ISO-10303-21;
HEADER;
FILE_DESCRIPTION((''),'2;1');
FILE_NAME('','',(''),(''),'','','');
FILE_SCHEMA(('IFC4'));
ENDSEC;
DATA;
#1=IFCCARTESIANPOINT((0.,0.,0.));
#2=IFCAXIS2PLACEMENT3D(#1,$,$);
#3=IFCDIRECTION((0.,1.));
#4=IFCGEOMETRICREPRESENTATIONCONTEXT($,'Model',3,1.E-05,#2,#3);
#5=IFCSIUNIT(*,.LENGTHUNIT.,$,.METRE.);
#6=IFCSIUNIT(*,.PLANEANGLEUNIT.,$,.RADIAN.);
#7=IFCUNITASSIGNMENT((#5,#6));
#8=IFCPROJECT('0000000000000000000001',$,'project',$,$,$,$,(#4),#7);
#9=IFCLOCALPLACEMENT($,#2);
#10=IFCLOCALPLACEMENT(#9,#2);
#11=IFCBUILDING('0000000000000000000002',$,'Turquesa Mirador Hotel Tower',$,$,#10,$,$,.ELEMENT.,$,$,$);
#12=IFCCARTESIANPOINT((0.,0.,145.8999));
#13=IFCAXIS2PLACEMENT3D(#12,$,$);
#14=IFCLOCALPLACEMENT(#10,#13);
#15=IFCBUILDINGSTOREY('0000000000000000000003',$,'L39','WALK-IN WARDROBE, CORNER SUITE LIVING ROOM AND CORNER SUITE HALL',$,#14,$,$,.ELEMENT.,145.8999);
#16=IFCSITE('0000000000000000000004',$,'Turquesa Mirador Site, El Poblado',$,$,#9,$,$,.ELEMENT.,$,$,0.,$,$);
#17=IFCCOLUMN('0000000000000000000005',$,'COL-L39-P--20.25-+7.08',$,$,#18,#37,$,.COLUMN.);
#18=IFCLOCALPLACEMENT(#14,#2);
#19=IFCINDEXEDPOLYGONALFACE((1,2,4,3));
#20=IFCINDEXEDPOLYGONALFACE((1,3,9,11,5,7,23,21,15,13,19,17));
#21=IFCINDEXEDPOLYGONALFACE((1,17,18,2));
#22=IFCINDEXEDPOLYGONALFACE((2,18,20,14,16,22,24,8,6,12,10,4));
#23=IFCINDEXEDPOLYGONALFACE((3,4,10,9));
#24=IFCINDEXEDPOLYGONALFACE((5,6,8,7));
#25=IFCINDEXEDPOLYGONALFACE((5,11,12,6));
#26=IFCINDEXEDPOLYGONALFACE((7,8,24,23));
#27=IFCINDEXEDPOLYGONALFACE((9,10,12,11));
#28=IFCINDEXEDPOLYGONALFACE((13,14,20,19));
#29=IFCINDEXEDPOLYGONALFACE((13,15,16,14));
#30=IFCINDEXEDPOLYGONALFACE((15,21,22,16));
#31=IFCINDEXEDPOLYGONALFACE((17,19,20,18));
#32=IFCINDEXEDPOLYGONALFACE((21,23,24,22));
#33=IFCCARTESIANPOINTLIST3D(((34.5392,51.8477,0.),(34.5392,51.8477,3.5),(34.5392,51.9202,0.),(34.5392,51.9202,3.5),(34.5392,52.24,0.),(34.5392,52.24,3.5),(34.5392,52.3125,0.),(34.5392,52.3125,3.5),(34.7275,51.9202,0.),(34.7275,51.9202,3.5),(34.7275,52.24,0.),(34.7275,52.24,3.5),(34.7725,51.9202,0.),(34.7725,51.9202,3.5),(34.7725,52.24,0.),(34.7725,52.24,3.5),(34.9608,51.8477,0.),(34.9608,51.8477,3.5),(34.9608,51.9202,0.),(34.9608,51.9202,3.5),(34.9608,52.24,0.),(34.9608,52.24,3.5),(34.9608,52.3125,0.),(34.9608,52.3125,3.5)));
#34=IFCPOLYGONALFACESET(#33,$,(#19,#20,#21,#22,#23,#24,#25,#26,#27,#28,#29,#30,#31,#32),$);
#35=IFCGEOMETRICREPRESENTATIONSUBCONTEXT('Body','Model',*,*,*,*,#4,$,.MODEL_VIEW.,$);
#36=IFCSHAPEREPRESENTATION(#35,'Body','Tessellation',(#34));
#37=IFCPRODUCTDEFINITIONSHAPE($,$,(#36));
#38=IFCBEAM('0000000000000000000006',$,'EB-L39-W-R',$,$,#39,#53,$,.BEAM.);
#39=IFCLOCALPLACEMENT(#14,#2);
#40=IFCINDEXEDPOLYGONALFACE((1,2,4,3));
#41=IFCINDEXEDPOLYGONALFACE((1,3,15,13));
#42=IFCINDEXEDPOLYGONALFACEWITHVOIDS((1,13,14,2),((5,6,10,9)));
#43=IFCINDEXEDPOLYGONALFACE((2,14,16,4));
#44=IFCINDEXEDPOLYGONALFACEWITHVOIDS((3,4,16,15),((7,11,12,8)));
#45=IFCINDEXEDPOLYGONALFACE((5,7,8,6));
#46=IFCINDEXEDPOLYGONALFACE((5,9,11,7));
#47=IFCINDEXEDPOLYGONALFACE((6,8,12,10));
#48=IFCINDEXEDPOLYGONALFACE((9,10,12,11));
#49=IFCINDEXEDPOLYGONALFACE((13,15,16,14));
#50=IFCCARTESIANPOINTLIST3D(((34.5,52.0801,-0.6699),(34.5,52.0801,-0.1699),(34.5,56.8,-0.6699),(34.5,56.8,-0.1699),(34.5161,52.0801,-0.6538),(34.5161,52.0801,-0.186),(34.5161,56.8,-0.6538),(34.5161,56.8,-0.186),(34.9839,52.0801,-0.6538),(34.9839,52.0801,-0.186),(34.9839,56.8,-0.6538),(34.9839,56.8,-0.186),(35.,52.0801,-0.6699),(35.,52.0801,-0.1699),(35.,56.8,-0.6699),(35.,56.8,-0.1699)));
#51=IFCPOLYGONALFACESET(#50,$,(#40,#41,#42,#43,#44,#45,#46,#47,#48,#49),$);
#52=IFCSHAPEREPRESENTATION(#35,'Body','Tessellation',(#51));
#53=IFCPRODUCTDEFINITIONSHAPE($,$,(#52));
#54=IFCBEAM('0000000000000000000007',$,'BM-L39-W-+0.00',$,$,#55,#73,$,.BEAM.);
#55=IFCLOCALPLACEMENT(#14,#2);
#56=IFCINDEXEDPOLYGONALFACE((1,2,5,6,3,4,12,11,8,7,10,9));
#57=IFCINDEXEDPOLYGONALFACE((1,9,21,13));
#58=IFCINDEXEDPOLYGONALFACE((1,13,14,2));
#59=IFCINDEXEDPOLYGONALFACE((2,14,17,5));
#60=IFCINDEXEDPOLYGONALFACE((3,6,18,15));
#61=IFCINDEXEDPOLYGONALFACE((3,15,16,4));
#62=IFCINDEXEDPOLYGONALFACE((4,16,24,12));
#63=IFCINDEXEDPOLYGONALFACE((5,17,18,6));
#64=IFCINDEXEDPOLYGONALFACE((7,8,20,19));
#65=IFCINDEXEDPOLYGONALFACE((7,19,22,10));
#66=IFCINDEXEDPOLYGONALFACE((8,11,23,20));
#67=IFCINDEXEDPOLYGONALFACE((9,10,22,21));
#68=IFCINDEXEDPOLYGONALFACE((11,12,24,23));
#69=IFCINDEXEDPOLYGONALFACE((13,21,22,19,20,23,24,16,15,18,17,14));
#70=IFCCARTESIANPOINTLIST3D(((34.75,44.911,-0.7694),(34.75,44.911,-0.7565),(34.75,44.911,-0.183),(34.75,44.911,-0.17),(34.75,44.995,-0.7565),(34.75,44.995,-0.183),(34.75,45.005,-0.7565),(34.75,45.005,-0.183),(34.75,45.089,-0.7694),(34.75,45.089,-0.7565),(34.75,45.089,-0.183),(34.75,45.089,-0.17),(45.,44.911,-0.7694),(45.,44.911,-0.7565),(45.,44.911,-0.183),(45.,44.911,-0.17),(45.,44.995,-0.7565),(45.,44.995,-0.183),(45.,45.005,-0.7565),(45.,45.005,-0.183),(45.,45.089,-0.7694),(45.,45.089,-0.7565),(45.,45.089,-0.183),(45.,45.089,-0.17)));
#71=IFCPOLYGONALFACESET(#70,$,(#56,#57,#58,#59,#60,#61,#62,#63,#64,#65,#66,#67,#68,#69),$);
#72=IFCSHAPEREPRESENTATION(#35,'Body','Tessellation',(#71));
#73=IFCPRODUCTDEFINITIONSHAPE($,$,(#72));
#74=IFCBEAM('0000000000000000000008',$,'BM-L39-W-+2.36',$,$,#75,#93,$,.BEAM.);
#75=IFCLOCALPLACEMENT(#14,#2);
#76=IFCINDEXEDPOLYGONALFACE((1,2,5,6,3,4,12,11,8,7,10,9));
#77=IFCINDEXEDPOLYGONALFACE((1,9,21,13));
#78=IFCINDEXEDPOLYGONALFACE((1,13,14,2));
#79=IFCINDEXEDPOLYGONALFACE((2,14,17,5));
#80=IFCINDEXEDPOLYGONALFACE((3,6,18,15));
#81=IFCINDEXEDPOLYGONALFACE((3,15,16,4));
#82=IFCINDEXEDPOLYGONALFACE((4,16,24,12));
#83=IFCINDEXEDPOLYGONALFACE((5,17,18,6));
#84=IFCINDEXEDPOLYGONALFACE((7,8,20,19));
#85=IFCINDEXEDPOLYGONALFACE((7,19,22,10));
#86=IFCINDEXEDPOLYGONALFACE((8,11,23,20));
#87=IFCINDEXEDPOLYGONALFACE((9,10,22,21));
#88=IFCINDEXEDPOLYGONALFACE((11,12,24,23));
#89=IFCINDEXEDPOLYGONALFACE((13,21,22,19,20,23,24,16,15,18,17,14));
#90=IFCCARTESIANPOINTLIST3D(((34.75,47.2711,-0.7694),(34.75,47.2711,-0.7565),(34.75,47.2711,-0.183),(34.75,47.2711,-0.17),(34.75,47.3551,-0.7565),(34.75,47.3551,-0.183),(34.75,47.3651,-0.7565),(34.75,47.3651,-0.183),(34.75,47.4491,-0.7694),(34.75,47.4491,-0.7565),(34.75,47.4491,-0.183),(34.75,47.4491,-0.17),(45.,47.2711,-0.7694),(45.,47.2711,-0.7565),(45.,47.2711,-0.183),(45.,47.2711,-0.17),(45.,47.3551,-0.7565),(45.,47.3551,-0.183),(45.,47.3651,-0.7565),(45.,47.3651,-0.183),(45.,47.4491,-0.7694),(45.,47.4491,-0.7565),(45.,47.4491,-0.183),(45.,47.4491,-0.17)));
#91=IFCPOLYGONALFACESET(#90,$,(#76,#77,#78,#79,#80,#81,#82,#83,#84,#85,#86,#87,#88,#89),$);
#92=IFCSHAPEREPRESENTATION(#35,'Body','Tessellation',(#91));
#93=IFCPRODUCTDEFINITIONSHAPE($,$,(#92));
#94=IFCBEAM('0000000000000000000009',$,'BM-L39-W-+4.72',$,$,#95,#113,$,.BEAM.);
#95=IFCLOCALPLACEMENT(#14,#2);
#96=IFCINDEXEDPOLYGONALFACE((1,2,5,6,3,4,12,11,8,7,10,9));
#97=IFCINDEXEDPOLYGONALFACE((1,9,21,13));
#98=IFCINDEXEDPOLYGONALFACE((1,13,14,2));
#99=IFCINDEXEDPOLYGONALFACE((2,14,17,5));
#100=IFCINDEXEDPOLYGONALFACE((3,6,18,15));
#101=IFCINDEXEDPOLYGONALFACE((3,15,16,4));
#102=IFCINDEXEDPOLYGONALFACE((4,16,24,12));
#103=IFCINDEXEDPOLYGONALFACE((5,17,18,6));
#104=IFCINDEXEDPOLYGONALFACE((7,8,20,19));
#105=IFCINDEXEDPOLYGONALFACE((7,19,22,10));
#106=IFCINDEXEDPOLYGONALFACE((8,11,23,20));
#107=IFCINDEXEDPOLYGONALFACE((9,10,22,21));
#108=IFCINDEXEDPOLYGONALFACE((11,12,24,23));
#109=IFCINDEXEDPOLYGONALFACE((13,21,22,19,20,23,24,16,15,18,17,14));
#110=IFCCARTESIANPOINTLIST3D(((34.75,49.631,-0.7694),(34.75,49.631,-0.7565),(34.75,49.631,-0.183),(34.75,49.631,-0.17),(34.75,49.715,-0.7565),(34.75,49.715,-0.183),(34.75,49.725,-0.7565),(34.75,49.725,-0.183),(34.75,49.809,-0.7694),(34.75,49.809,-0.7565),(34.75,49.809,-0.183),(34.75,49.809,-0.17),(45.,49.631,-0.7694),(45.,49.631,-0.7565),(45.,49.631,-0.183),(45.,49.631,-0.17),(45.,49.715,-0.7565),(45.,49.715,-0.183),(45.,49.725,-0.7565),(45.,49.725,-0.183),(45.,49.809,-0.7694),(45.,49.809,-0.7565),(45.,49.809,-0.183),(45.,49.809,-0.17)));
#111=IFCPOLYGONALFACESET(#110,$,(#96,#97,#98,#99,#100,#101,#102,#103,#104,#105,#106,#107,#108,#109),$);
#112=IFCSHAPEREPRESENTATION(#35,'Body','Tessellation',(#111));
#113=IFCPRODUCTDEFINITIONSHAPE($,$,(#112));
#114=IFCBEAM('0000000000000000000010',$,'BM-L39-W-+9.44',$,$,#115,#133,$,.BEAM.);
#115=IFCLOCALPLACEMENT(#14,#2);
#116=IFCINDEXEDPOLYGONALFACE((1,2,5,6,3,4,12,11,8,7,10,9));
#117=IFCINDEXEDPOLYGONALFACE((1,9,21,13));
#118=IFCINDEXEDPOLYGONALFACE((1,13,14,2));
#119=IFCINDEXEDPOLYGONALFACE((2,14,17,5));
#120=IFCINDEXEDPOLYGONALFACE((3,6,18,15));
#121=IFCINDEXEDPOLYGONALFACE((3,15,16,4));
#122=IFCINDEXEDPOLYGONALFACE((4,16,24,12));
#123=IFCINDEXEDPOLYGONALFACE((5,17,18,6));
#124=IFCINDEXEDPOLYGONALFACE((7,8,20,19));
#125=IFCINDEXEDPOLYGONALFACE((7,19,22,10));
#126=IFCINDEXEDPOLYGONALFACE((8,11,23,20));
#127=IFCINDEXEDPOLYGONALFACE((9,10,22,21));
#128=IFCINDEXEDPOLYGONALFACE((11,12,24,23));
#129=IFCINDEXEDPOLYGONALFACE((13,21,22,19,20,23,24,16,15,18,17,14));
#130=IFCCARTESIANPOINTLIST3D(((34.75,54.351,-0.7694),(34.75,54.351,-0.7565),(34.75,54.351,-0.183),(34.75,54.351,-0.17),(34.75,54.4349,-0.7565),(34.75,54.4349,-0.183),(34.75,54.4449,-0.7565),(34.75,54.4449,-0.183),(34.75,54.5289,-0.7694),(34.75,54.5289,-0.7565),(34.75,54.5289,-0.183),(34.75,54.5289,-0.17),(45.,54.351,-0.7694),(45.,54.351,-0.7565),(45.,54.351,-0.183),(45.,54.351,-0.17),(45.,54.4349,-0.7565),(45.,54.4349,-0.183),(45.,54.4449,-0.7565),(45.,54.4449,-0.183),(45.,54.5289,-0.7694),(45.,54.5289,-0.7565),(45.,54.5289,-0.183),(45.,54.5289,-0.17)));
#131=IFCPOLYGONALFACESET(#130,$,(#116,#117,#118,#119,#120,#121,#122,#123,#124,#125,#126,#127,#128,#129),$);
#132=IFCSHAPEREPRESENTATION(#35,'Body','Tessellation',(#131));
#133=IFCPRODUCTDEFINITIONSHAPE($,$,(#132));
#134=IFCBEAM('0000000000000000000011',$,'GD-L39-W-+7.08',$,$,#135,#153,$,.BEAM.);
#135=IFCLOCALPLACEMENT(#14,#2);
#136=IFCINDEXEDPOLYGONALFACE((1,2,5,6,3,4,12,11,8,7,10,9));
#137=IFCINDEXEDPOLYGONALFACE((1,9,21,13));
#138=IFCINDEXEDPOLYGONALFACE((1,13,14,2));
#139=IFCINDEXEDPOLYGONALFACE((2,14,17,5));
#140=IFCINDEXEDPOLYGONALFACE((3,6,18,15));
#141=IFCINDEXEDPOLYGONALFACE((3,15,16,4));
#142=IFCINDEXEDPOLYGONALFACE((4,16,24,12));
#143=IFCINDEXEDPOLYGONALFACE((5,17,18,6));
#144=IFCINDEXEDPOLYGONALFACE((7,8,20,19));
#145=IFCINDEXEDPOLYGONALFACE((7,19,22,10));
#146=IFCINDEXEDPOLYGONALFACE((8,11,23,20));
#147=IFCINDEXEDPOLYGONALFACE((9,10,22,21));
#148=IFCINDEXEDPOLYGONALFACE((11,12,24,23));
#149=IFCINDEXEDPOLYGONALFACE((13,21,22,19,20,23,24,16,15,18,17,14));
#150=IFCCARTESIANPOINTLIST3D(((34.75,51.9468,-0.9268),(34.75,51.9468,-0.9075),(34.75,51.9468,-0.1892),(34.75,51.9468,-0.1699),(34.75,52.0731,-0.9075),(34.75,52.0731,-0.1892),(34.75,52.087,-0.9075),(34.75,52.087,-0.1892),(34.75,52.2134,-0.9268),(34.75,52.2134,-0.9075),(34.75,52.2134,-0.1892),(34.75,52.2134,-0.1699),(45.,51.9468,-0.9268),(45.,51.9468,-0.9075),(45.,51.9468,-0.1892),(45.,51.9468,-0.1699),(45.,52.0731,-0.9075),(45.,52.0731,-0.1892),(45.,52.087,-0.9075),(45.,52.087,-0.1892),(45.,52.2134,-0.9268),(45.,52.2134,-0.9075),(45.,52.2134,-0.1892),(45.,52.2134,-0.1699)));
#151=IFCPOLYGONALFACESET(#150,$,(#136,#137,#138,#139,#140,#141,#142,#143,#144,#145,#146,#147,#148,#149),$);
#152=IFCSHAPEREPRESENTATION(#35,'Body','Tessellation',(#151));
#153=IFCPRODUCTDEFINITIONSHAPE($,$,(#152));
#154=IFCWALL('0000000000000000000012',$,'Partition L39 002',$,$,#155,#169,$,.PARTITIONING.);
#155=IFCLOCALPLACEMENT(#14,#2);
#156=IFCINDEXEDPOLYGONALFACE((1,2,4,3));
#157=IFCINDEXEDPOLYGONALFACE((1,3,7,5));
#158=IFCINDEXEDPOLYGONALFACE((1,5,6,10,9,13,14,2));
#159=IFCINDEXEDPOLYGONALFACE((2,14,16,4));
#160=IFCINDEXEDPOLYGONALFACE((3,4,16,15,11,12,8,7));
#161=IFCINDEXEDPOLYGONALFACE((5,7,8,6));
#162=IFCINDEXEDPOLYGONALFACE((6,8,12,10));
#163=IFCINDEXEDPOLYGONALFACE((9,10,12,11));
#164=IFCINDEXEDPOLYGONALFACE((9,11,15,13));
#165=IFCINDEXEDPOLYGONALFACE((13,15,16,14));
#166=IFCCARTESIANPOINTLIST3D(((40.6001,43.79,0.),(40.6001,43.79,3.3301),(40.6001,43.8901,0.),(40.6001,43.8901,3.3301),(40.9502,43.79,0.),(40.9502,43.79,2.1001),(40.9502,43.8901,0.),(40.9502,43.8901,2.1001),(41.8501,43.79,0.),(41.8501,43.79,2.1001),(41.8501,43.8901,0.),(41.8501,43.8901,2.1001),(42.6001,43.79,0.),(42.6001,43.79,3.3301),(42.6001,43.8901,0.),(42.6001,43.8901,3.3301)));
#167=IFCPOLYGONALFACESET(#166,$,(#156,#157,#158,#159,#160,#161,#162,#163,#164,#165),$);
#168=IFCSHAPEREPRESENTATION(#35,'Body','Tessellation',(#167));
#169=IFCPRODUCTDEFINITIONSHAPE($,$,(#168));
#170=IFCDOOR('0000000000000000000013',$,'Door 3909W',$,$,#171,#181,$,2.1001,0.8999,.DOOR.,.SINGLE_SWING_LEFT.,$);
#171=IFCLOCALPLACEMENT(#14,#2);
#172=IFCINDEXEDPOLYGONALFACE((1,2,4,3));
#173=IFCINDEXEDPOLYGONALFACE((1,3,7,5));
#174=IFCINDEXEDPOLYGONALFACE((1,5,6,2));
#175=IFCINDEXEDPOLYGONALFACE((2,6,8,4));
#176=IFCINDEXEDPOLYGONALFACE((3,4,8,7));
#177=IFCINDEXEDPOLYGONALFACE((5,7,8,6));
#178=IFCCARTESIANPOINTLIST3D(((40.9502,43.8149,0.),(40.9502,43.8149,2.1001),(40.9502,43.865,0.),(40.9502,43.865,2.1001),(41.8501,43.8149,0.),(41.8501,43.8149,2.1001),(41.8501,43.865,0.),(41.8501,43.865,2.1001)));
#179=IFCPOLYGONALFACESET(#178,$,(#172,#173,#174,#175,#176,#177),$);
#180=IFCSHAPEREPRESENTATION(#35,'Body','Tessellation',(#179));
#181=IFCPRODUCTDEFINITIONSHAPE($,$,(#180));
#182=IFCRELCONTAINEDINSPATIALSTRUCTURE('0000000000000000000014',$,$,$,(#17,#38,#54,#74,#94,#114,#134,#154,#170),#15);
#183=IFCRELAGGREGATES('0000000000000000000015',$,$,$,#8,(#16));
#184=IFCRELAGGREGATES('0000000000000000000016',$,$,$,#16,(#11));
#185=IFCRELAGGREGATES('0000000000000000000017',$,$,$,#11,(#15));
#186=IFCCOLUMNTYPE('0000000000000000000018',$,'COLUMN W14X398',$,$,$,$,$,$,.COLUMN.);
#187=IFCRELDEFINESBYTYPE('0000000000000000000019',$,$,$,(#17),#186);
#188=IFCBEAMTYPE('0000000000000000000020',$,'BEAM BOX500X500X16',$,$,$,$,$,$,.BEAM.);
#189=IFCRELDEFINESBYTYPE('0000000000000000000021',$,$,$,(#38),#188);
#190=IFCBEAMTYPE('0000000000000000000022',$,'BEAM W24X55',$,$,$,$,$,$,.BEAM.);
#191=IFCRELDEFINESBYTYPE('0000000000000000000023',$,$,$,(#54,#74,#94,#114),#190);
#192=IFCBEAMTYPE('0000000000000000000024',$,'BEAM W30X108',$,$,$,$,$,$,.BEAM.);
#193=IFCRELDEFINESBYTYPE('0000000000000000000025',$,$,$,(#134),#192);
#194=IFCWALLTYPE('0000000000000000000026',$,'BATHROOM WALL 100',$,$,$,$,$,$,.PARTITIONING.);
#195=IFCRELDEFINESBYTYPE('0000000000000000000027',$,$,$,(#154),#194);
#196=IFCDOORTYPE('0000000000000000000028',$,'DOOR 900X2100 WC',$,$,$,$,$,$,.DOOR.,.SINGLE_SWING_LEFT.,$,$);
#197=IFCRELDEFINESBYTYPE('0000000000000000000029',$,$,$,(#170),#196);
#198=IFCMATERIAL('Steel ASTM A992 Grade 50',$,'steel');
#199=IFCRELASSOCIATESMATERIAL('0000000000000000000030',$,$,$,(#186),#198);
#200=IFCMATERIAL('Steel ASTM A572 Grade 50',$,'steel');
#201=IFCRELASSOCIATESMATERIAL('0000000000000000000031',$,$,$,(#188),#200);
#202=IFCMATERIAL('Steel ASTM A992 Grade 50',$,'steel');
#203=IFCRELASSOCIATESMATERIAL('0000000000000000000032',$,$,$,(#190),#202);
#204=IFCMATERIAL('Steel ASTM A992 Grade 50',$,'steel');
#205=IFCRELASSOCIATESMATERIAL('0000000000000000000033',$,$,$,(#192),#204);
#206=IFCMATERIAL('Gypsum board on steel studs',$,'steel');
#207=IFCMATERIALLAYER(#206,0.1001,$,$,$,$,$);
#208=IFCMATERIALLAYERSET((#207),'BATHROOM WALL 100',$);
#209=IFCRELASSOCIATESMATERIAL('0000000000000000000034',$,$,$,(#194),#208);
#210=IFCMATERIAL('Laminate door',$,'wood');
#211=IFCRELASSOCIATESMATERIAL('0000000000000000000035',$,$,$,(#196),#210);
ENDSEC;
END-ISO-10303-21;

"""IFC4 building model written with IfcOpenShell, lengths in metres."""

from ifc_helpers import new_model, si_unit, direction, frame, frame_2d, origin, origin_2d, place, context, subcontext, project, spatial, rectangle, hollow_rectangle, i_section, extrude, material, layer, layer_set, material_profile, profile_set, type_object, element, fill, save


model = new_model("IFC4")

# Units and contexts
model_context = context("Model", 3, precision=1e-05, world=origin(), true_north=direction((0.0, 1.0)))
body_context = subcontext(model_context, "Body", "Model", "MODEL_VIEW")
ifc_project = project(units=[si_unit("LENGTHUNIT", "METRE"), si_unit("PLANEANGLEUNIT", "RADIAN")], contexts=[model_context])

# Site, building, storey
site_placement = place(None, origin())
site = spatial("IfcSite", under=ifc_project, at=site_placement, Name="Turquesa Mirador Site, El Poblado", CompositionType="ELEMENT", RefElevation=0.0)
building_placement = place(site_placement, origin())
building = spatial("IfcBuilding", under=site, at=building_placement, Name="Turquesa Mirador Hotel Tower", CompositionType="ELEMENT")
storey_placement = place(building_placement, frame((0.0, 0.0, 145.8999)))
storey = spatial("IfcBuildingStorey", under=building, at=storey_placement, Name="L39", Description="WALK-IN WARDROBE, CORNER SUITE LIVING ROOM AND CORNER SUITE HALL", CompositionType="ELEMENT", Elevation=145.8999)

# Column
ifc_material_1 = material(Name="Steel ASTM A992 Grade 50", Category="steel")
ifc_material_profile_1 = material_profile(ifc_material_1, i_section(OverallWidth=0.4216, OverallDepth=0.4648, WebThickness=0.0449, FlangeThickness=0.0725, at=origin_2d()), Name="W14X398")
ifc_profile_set_1 = profile_set([ifc_material_profile_1], Name="Steel ASTM A992 Grade 50")
column_type = type_object("IfcColumnType", Name="COLUMN W14X398", PredefinedType="COLUMN", material=ifc_profile_set_1)
column_placement = place(storey_placement, frame((34.75, 52.0801, 0.0), z_axis=(0.0, 0.0, 1.0), x_axis=(1.0, 0.0, 0.0)))
element("IfcColumn", 1, at=column_placement, inside=storey, type_object=column_type, Name="COL-L39-P--20.25-+7.08", PredefinedType="COLUMN", context=body_context, shape_type="SweptSolid", body=[
    extrude(i_section(OverallWidth=0.4216, OverallDepth=0.4648, WebThickness=0.0449, FlangeThickness=0.0725, at=origin_2d()), origin(), (0.0, 0.0, 1.0), 3.5),
])

# Beams
ifc_material_2 = material(Name="Steel ASTM A572 Grade 50", Category="steel")
ifc_material_profile_2 = material_profile(ifc_material_2, hollow_rectangle(XDim=0.5, YDim=0.5, WallThickness=0.0161, at=origin_2d()), Name="BOX500X500X16")
ifc_profile_set_2 = profile_set([ifc_material_profile_2], Name="Steel ASTM A572 Grade 50")
beam_type_1 = type_object("IfcBeamType", Name="BEAM BOX500X500X16", PredefinedType="BEAM", material=ifc_profile_set_2)
beam_1_placement = place(storey_placement, frame((34.75, 52.0801, -0.4199), z_axis=(0.0, 1.0, 0.0), x_axis=(-1.0, 0.0, 0.0)))
element("IfcBeam", 2, at=beam_1_placement, inside=storey, type_object=beam_type_1, Name="EB-L39-W-R", PredefinedType="BEAM", context=body_context, shape_type="SweptSolid", body=[
    extrude(hollow_rectangle(XDim=0.5, YDim=0.5, WallThickness=0.0161, at=origin_2d()), origin(), (0.0, 0.0, 1.0), 4.72),
])
ifc_material_3 = material(Name="Steel ASTM A992 Grade 50", Category="steel")
ifc_material_profile_3 = material_profile(ifc_material_3, i_section(OverallWidth=0.178, OverallDepth=0.5994, WebThickness=0.01, FlangeThickness=0.0129, at=origin_2d()), Name="W24X55")
ifc_profile_set_3 = profile_set([ifc_material_profile_3], Name="Steel ASTM A992 Grade 50")
beam_type_2 = type_object("IfcBeamType", Name="BEAM W24X55", PredefinedType="BEAM", material=ifc_profile_set_3)
for number, where, z_axis, x_axis, name in (
    (3, (34.75, 45.0, -0.4697), (1.0, 0.0, 0.0), (0.0, 1.0, 0.0), "BM-L39-W-+0.00"),
    (4, (34.75, 47.3601, -0.4697), (1.0, 0.0, 0.0), (0.0, 1.0, 0.0), "BM-L39-W-+2.36"),
    (5, (34.75, 49.72, -0.4697), (1.0, 0.0, 0.0), (0.0, 1.0, 0.0), "BM-L39-W-+4.72"),
    (6, (34.75, 54.4399, -0.4697), (1.0, 0.0, 0.0), (0.0, 1.0, 0.0), "BM-L39-W-+9.44"),
):
    element("IfcBeam", number, at=place(storey_placement, frame(where, z_axis=z_axis, x_axis=x_axis)), inside=storey, type_object=beam_type_2, Name=name, PredefinedType="BEAM", context=body_context, shape_type="SweptSolid", body=[
        extrude(i_section(OverallWidth=0.178, OverallDepth=0.5994, WebThickness=0.01, FlangeThickness=0.0129, at=origin_2d()), origin(), (0.0, 0.0, 1.0), 10.25),
    ])
ifc_material_4 = material(Name="Steel ASTM A992 Grade 50", Category="steel")
ifc_material_profile_4 = material_profile(ifc_material_4, i_section(OverallWidth=0.2666, OverallDepth=0.7568, WebThickness=0.0139, FlangeThickness=0.0193, at=origin_2d()), Name="W30X108")
ifc_profile_set_4 = profile_set([ifc_material_profile_4], Name="Steel ASTM A992 Grade 50")
beam_type_3 = type_object("IfcBeamType", Name="BEAM W30X108", PredefinedType="BEAM", material=ifc_profile_set_4)
beam_2_placement = place(storey_placement, frame((34.75, 52.0801, -0.5483), z_axis=(1.0, 0.0, 0.0), x_axis=(0.0, 1.0, 0.0)))
element("IfcBeam", 7, at=beam_2_placement, inside=storey, type_object=beam_type_3, Name="GD-L39-W-+7.08", PredefinedType="BEAM", context=body_context, shape_type="SweptSolid", body=[
    extrude(i_section(OverallWidth=0.2666, OverallDepth=0.7568, WebThickness=0.0139, FlangeThickness=0.0193, at=origin_2d()), origin(), (0.0, 0.0, 1.0), 10.25),
])

# Wall, opening, door
ifc_material_5 = material(Name="Gypsum board on steel studs", Category="steel")
ifc_layer_1 = layer(ifc_material_5, 0.1001)
ifc_layer_set_1 = layer_set([ifc_layer_1], Name="BATHROOM WALL 100")
wall_type_1 = type_object("IfcWallType", Name="BATHROOM WALL 100", PredefinedType="PARTITIONING", material=ifc_layer_set_1)
wall_1_placement = place(storey_placement, frame((40.6001, 43.8401, 0.0), z_axis=(0.0, 0.0, 1.0), x_axis=(1.0, 0.0, 0.0)))
wall_1 = element("IfcWall", 8, at=wall_1_placement, inside=storey, type_object=wall_type_1, Name="Partition L39 002", PredefinedType="PARTITIONING", context=body_context, shape_type="SweptSolid", body=[
    extrude(rectangle(XDim=2.0, YDim=0.1001, at=frame_2d((1.0, 0.0))), origin(), (0.0, 0.0, 1.0), 3.3301),
])
opening_1_placement = place(wall_1_placement, frame((0.3501, 0.0, 0.0)))
opening_1 = element("IfcOpeningElement", 9, at=opening_1_placement, cuts=wall_1, PredefinedType="OPENING", context=body_context, shape_type="SweptSolid", body=[
    extrude(rectangle(XDim=0.8999, YDim=2.1001, at=frame_2d((0.45, 1.05))), frame((0.0, 0.0601, 0.0), z_axis=(0.0, -1.0, 0.0), x_axis=(1.0, 0.0, 0.0)), (0.0, 0.0, 1.0), 0.1201),
])
ifc_material_6 = material(Name="Laminate door", Category="wood")
door_type_1 = type_object("IfcDoorType", Name="DOOR 900X2100 WC", OperationType="SINGLE_SWING_LEFT", PredefinedType="DOOR", material=ifc_material_6)
door_1_placement = place(opening_1_placement, origin())
door_1 = element("IfcDoor", 10, at=door_1_placement, inside=storey, type_object=door_type_1, Name="Door 3909W", OperationType="SINGLE_SWING_LEFT", OverallHeight=2.1001, OverallWidth=0.8999, PredefinedType="DOOR", context=body_context, shape_type="SweptSolid", body=[
    extrude(rectangle(XDim=0.8999, YDim=2.1001, at=frame_2d((0.45, 1.05))), frame((0.0, 0.0249, 0.0), z_axis=(0.0, -1.0, 0.0), x_axis=(1.0, 0.0, 0.0)), (0.0, 0.0, 1.0), 0.05),
])
fill(opening_1, door_1)

save(model, "model.ifc")
